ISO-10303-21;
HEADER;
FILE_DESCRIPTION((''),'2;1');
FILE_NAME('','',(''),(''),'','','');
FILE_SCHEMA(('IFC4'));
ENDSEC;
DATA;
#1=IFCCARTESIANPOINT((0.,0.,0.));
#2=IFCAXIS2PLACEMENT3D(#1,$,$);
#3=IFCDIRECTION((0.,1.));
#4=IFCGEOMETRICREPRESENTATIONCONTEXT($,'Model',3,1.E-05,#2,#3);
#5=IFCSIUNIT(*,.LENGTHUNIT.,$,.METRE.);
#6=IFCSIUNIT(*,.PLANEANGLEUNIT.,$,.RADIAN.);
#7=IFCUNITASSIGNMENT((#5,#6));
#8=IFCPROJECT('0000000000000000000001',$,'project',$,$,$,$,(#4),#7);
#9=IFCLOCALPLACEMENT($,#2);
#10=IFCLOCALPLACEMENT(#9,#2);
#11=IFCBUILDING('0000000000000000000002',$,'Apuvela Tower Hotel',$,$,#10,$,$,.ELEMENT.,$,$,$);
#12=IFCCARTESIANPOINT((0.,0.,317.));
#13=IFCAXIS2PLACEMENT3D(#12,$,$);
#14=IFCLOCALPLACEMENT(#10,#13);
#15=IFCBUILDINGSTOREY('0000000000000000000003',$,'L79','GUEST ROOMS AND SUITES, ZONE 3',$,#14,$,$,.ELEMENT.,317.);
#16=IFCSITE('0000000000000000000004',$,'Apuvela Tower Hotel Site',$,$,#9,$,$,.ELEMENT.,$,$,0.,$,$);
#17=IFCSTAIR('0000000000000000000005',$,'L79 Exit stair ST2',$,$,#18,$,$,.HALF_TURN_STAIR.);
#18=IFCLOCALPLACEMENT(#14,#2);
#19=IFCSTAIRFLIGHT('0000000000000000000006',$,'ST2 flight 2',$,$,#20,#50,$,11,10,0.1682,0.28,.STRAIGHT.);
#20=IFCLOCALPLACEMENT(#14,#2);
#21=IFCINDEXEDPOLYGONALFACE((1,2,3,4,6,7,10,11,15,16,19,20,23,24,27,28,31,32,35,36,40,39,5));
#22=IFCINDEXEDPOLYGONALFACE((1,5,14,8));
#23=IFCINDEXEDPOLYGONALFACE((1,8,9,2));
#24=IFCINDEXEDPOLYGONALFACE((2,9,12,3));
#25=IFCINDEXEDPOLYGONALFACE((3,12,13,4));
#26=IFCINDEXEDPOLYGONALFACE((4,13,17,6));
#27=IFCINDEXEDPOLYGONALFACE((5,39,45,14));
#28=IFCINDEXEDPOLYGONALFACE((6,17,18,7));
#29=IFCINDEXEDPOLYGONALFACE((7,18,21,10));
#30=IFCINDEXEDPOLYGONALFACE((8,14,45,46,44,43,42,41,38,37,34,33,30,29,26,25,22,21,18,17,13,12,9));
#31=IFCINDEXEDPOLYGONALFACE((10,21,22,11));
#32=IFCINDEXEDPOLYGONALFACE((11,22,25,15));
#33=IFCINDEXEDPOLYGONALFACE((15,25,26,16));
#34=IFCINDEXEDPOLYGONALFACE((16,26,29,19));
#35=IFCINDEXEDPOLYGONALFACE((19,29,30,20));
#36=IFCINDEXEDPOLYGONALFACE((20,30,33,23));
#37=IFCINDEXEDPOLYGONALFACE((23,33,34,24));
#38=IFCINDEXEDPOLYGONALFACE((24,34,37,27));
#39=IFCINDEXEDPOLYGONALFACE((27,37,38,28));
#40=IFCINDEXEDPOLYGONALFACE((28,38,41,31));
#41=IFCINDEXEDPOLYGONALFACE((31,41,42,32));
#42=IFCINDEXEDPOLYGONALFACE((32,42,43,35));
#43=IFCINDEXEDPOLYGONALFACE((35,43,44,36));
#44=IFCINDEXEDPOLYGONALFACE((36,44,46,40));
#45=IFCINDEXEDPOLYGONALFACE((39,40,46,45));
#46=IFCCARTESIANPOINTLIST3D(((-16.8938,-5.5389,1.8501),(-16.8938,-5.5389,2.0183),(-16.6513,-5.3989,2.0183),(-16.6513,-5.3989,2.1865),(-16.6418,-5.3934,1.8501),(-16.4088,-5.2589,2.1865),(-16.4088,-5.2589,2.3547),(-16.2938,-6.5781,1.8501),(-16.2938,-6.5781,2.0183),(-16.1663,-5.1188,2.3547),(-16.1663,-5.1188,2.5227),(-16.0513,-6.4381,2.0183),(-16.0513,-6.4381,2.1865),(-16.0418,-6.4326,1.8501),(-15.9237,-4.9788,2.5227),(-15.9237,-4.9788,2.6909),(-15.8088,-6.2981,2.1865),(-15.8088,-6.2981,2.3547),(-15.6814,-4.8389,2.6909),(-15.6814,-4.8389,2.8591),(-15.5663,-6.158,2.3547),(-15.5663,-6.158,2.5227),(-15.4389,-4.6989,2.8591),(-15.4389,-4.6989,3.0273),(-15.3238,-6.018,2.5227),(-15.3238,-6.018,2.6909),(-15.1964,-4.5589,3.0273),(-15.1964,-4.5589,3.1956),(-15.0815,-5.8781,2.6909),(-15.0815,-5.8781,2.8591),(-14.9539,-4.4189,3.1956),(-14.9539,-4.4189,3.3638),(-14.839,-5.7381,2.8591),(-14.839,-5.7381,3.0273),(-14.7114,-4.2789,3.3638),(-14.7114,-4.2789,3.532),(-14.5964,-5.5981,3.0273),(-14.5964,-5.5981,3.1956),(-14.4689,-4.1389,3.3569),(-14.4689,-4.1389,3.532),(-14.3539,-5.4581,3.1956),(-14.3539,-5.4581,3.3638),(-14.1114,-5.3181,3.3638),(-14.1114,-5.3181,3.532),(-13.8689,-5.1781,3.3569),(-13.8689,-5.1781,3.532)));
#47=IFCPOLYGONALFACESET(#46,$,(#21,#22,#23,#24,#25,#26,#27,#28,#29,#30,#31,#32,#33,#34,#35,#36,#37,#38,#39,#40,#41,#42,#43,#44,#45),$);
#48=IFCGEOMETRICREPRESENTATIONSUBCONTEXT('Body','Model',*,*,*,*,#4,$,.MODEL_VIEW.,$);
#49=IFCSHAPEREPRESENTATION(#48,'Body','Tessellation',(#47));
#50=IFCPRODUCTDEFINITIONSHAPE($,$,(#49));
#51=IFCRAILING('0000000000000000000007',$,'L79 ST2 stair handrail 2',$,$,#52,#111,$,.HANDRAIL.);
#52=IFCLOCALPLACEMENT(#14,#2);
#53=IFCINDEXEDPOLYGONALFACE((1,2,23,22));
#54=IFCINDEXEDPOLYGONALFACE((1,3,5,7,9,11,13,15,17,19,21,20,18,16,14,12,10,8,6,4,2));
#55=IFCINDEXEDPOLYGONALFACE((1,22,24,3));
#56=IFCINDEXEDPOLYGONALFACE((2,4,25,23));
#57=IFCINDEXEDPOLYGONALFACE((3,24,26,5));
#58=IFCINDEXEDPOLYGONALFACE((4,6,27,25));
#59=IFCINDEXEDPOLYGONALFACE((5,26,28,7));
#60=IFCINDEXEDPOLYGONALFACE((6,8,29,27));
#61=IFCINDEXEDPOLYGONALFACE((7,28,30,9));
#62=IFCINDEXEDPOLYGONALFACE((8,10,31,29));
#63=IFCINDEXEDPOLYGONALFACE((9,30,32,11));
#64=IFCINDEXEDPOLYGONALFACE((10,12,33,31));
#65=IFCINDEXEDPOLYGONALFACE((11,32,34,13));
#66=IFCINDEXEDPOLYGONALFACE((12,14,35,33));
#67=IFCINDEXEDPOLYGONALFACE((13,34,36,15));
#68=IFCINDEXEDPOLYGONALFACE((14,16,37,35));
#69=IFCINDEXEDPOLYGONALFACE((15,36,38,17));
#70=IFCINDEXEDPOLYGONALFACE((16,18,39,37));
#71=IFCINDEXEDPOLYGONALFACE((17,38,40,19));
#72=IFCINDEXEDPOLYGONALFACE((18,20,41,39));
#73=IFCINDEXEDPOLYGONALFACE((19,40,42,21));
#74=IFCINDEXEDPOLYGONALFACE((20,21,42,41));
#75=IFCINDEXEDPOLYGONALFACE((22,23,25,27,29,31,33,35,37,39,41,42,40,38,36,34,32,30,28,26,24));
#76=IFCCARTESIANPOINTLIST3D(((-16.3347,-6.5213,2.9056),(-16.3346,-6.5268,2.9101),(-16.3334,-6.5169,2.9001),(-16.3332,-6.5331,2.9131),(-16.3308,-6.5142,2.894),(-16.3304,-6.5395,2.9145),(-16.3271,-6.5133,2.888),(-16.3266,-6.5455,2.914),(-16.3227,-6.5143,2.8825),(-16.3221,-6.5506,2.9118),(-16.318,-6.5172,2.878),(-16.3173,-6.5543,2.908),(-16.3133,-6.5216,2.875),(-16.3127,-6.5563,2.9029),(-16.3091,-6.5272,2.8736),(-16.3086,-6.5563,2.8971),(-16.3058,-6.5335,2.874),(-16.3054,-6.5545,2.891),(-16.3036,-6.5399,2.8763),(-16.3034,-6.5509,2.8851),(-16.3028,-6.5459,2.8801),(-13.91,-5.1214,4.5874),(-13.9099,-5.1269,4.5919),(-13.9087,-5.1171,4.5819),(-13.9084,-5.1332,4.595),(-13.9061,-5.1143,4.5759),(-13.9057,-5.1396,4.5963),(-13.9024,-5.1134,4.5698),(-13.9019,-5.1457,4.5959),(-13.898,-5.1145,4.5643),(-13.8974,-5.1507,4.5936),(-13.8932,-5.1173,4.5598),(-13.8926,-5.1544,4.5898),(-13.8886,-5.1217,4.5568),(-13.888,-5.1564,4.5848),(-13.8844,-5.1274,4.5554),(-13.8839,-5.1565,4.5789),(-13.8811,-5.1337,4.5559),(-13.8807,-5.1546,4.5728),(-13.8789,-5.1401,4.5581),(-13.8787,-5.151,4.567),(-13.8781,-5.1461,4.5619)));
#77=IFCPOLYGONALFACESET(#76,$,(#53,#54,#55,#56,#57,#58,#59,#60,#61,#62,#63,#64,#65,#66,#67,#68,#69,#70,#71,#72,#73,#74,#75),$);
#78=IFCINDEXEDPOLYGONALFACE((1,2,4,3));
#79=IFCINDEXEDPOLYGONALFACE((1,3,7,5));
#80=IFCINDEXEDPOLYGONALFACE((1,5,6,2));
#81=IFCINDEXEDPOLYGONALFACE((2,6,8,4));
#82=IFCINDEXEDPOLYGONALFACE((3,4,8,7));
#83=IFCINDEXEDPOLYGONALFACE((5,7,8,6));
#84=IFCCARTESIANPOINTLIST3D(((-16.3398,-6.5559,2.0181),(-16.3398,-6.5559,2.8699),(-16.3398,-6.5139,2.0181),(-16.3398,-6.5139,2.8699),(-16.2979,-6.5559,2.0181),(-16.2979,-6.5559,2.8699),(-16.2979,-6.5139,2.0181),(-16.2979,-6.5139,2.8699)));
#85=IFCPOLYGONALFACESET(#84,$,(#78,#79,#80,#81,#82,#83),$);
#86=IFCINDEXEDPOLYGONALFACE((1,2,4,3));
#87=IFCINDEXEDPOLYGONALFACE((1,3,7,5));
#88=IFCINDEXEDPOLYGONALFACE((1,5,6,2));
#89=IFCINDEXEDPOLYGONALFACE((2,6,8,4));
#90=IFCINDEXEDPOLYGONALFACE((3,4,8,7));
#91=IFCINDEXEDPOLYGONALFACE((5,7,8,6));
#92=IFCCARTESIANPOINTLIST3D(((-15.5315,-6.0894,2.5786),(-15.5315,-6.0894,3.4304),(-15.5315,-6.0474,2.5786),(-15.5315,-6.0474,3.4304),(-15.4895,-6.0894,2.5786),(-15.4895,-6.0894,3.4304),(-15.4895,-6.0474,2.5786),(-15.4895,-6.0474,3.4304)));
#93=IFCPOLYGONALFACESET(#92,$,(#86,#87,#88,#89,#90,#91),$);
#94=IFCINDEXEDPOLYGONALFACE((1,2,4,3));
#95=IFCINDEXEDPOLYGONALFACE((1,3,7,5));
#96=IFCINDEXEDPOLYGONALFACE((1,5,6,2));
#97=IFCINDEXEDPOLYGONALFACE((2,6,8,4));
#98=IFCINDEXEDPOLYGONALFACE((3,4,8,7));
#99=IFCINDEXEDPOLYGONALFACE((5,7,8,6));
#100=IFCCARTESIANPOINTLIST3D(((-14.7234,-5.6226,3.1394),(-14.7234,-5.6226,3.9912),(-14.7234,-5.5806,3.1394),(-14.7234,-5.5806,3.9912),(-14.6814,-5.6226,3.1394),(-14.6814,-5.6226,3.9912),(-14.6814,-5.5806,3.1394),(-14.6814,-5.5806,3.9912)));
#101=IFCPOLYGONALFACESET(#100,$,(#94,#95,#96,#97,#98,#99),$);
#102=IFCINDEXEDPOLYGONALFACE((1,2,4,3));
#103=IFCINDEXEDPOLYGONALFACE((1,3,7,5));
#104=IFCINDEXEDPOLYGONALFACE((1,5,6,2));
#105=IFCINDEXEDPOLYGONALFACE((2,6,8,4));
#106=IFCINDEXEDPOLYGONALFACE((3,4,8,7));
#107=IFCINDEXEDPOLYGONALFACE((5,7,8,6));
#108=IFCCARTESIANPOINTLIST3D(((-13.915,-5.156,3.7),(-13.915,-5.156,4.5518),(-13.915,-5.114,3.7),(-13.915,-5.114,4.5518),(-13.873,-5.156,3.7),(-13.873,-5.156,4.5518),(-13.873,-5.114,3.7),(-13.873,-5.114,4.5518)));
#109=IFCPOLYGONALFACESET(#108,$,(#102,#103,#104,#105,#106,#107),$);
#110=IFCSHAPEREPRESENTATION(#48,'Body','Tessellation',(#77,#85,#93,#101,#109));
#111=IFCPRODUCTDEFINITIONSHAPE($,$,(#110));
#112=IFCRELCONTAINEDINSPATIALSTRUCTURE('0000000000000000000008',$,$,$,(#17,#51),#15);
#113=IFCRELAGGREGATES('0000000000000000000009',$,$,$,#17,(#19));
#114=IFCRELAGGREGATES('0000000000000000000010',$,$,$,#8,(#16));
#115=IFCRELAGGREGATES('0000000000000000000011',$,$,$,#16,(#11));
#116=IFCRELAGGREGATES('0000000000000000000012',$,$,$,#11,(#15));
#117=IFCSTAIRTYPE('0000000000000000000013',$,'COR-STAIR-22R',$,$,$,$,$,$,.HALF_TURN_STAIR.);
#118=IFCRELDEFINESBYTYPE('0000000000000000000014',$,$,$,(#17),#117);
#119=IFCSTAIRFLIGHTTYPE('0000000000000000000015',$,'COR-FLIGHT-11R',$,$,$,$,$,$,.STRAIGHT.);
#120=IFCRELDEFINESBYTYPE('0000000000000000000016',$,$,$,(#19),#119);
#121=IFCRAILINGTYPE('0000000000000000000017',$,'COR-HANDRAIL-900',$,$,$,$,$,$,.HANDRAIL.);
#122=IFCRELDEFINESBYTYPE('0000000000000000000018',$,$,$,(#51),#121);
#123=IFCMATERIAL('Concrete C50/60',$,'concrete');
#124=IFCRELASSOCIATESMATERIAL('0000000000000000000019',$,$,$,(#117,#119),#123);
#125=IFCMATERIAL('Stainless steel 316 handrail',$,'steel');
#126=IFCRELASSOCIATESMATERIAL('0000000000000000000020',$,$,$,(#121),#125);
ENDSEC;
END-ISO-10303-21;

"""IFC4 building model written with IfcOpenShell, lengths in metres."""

from ifc_helpers import new_model, si_unit, direction, frame, origin, origin_2d, place, context, subcontext, project, spatial, polyline, rectangle, circle, outline, extrude, material, type_object, element, aggregate, save


model = new_model("IFC4")

# Units and contexts
model_context = context("Model", 3, precision=1e-05, world=origin(), true_north=direction((0.0, 1.0)))
body_context = subcontext(model_context, "Body", "Model", "MODEL_VIEW")
ifc_project = project(units=[si_unit("LENGTHUNIT", "METRE"), si_unit("PLANEANGLEUNIT", "RADIAN")], contexts=[model_context])

# Site, building, storey
site_placement = place(None, origin())
site = spatial("IfcSite", under=ifc_project, at=site_placement, Name="Apuvela Tower Hotel Site", CompositionType="ELEMENT", RefElevation=0.0)
building_placement = place(site_placement, origin())
building = spatial("IfcBuilding", under=site, at=building_placement, Name="Apuvela Tower Hotel", CompositionType="ELEMENT")
storey_placement = place(building_placement, frame((0.0, 0.0, 317.0)))
storey = spatial("IfcBuildingStorey", under=building, at=storey_placement, Name="L79", Description="GUEST ROOMS AND SUITES, ZONE 3", CompositionType="ELEMENT", Elevation=317.0)

# Shared definitions
ifc_material_1 = material(Name="Concrete C50/60", Category="concrete")

# Stair, stair flight
stair_type = type_object("IfcStairType", Name="COR-STAIR-22R", PredefinedType="HALF_TURN_STAIR", material=ifc_material_1)
stair_placement = place(storey_placement, origin())
stair = element("IfcStair", 1, at=stair_placement, inside=storey, type_object=stair_type, Name="L79 Exit stair ST2", PredefinedType="HALF_TURN_STAIR")
stair_flight_type = type_object("IfcStairFlightType", Name="COR-FLIGHT-11R", PredefinedType="STRAIGHT", material=ifc_material_1)
stair_flight_placement = place(storey_placement, frame((-16.5938, -6.0586, 1.8501), z_axis=(0.0, 0.0, 1.0), x_axis=(0.866025, 0.5, 0.0)))
stair_flight = element("IfcStairFlight", 2, at=stair_flight_placement, type_object=stair_flight_type, Name="ST2 flight 2", NumberOfRisers=11, NumberOfTreads=10, PredefinedType="STRAIGHT", RiserHeight=0.1682, TreadLength=0.28, context=body_context, shape_type="SweptSolid", body=[
    extrude(outline(polyline([(0.0, 0.0), (0.0, 0.1682), (0.28, 0.1682), (0.28, 0.3364), (0.5601, 0.3364), (0.5601, 0.5046), (0.8401, 0.5046), (0.8401, 0.6726), (1.1201, 0.6726), (1.1201, 0.8408), (1.3999, 0.8408), (1.3999, 1.009), (1.6799, 1.009), (1.6799, 1.1772), (1.96, 1.1772), (1.96, 1.3455), (2.24, 1.3455), (2.24, 1.5137), (2.52, 1.5137), (2.52, 1.6819), (2.8, 1.6819), (2.8, 1.8501), (2.8, 1.5068), (0.291, 0.0), (0.0, 0.0)])), frame((0.0, 0.6001, 0.0), z_axis=(0.0, -1.0, 0.0), x_axis=(1.0, 0.0, 0.0)), (0.0, 0.0, 1.0), 1.2),
])
aggregate(stair, [stair_flight])

# Railing
ifc_material_2 = material(Name="Stainless steel 316 handrail", Category="steel")
railing_type_1 = type_object("IfcRailingType", Name="COR-HANDRAIL-900", PredefinedType="HANDRAIL", material=ifc_material_2)
railing_1_placement = place(storey_placement, frame((-16.3188, -6.5349, 2.0181)))
element("IfcRailing", 3, at=railing_1_placement, inside=storey, type_object=railing_type_1, Name="L79 ST2 stair handrail 2", PredefinedType="HANDRAIL", context=body_context, shape_type="SweptSolid", body=[
    extrude(circle(Radius=0.0239, at=origin_2d()), frame((0.0, 0.0, 0.876), z_axis=(0.74239, 0.428601, 0.514934), x_axis=(-0.499984, 0.866035, 0.0)), (0.0, 0.0, 1.0), 3.2661),
    extrude(rectangle(XDim=0.042, YDim=0.042, at=origin_2d()), origin(), (0.0, 0.0, 1.0), 0.8518),
    extrude(rectangle(XDim=0.042, YDim=0.042, at=origin_2d()), frame((0.8083, 0.4666, 0.5605)), (0.0, 0.0, 1.0), 0.8518),
    extrude(rectangle(XDim=0.042, YDim=0.042, at=origin_2d()), frame((1.6165, 0.9333, 1.1213)), (0.0, 0.0, 1.0), 0.8518),
    extrude(rectangle(XDim=0.042, YDim=0.042, at=origin_2d()), frame((2.4248, 1.3999, 1.6819)), (0.0, 0.0, 1.0), 0.8518),
])

save(model, "model.ifc")
